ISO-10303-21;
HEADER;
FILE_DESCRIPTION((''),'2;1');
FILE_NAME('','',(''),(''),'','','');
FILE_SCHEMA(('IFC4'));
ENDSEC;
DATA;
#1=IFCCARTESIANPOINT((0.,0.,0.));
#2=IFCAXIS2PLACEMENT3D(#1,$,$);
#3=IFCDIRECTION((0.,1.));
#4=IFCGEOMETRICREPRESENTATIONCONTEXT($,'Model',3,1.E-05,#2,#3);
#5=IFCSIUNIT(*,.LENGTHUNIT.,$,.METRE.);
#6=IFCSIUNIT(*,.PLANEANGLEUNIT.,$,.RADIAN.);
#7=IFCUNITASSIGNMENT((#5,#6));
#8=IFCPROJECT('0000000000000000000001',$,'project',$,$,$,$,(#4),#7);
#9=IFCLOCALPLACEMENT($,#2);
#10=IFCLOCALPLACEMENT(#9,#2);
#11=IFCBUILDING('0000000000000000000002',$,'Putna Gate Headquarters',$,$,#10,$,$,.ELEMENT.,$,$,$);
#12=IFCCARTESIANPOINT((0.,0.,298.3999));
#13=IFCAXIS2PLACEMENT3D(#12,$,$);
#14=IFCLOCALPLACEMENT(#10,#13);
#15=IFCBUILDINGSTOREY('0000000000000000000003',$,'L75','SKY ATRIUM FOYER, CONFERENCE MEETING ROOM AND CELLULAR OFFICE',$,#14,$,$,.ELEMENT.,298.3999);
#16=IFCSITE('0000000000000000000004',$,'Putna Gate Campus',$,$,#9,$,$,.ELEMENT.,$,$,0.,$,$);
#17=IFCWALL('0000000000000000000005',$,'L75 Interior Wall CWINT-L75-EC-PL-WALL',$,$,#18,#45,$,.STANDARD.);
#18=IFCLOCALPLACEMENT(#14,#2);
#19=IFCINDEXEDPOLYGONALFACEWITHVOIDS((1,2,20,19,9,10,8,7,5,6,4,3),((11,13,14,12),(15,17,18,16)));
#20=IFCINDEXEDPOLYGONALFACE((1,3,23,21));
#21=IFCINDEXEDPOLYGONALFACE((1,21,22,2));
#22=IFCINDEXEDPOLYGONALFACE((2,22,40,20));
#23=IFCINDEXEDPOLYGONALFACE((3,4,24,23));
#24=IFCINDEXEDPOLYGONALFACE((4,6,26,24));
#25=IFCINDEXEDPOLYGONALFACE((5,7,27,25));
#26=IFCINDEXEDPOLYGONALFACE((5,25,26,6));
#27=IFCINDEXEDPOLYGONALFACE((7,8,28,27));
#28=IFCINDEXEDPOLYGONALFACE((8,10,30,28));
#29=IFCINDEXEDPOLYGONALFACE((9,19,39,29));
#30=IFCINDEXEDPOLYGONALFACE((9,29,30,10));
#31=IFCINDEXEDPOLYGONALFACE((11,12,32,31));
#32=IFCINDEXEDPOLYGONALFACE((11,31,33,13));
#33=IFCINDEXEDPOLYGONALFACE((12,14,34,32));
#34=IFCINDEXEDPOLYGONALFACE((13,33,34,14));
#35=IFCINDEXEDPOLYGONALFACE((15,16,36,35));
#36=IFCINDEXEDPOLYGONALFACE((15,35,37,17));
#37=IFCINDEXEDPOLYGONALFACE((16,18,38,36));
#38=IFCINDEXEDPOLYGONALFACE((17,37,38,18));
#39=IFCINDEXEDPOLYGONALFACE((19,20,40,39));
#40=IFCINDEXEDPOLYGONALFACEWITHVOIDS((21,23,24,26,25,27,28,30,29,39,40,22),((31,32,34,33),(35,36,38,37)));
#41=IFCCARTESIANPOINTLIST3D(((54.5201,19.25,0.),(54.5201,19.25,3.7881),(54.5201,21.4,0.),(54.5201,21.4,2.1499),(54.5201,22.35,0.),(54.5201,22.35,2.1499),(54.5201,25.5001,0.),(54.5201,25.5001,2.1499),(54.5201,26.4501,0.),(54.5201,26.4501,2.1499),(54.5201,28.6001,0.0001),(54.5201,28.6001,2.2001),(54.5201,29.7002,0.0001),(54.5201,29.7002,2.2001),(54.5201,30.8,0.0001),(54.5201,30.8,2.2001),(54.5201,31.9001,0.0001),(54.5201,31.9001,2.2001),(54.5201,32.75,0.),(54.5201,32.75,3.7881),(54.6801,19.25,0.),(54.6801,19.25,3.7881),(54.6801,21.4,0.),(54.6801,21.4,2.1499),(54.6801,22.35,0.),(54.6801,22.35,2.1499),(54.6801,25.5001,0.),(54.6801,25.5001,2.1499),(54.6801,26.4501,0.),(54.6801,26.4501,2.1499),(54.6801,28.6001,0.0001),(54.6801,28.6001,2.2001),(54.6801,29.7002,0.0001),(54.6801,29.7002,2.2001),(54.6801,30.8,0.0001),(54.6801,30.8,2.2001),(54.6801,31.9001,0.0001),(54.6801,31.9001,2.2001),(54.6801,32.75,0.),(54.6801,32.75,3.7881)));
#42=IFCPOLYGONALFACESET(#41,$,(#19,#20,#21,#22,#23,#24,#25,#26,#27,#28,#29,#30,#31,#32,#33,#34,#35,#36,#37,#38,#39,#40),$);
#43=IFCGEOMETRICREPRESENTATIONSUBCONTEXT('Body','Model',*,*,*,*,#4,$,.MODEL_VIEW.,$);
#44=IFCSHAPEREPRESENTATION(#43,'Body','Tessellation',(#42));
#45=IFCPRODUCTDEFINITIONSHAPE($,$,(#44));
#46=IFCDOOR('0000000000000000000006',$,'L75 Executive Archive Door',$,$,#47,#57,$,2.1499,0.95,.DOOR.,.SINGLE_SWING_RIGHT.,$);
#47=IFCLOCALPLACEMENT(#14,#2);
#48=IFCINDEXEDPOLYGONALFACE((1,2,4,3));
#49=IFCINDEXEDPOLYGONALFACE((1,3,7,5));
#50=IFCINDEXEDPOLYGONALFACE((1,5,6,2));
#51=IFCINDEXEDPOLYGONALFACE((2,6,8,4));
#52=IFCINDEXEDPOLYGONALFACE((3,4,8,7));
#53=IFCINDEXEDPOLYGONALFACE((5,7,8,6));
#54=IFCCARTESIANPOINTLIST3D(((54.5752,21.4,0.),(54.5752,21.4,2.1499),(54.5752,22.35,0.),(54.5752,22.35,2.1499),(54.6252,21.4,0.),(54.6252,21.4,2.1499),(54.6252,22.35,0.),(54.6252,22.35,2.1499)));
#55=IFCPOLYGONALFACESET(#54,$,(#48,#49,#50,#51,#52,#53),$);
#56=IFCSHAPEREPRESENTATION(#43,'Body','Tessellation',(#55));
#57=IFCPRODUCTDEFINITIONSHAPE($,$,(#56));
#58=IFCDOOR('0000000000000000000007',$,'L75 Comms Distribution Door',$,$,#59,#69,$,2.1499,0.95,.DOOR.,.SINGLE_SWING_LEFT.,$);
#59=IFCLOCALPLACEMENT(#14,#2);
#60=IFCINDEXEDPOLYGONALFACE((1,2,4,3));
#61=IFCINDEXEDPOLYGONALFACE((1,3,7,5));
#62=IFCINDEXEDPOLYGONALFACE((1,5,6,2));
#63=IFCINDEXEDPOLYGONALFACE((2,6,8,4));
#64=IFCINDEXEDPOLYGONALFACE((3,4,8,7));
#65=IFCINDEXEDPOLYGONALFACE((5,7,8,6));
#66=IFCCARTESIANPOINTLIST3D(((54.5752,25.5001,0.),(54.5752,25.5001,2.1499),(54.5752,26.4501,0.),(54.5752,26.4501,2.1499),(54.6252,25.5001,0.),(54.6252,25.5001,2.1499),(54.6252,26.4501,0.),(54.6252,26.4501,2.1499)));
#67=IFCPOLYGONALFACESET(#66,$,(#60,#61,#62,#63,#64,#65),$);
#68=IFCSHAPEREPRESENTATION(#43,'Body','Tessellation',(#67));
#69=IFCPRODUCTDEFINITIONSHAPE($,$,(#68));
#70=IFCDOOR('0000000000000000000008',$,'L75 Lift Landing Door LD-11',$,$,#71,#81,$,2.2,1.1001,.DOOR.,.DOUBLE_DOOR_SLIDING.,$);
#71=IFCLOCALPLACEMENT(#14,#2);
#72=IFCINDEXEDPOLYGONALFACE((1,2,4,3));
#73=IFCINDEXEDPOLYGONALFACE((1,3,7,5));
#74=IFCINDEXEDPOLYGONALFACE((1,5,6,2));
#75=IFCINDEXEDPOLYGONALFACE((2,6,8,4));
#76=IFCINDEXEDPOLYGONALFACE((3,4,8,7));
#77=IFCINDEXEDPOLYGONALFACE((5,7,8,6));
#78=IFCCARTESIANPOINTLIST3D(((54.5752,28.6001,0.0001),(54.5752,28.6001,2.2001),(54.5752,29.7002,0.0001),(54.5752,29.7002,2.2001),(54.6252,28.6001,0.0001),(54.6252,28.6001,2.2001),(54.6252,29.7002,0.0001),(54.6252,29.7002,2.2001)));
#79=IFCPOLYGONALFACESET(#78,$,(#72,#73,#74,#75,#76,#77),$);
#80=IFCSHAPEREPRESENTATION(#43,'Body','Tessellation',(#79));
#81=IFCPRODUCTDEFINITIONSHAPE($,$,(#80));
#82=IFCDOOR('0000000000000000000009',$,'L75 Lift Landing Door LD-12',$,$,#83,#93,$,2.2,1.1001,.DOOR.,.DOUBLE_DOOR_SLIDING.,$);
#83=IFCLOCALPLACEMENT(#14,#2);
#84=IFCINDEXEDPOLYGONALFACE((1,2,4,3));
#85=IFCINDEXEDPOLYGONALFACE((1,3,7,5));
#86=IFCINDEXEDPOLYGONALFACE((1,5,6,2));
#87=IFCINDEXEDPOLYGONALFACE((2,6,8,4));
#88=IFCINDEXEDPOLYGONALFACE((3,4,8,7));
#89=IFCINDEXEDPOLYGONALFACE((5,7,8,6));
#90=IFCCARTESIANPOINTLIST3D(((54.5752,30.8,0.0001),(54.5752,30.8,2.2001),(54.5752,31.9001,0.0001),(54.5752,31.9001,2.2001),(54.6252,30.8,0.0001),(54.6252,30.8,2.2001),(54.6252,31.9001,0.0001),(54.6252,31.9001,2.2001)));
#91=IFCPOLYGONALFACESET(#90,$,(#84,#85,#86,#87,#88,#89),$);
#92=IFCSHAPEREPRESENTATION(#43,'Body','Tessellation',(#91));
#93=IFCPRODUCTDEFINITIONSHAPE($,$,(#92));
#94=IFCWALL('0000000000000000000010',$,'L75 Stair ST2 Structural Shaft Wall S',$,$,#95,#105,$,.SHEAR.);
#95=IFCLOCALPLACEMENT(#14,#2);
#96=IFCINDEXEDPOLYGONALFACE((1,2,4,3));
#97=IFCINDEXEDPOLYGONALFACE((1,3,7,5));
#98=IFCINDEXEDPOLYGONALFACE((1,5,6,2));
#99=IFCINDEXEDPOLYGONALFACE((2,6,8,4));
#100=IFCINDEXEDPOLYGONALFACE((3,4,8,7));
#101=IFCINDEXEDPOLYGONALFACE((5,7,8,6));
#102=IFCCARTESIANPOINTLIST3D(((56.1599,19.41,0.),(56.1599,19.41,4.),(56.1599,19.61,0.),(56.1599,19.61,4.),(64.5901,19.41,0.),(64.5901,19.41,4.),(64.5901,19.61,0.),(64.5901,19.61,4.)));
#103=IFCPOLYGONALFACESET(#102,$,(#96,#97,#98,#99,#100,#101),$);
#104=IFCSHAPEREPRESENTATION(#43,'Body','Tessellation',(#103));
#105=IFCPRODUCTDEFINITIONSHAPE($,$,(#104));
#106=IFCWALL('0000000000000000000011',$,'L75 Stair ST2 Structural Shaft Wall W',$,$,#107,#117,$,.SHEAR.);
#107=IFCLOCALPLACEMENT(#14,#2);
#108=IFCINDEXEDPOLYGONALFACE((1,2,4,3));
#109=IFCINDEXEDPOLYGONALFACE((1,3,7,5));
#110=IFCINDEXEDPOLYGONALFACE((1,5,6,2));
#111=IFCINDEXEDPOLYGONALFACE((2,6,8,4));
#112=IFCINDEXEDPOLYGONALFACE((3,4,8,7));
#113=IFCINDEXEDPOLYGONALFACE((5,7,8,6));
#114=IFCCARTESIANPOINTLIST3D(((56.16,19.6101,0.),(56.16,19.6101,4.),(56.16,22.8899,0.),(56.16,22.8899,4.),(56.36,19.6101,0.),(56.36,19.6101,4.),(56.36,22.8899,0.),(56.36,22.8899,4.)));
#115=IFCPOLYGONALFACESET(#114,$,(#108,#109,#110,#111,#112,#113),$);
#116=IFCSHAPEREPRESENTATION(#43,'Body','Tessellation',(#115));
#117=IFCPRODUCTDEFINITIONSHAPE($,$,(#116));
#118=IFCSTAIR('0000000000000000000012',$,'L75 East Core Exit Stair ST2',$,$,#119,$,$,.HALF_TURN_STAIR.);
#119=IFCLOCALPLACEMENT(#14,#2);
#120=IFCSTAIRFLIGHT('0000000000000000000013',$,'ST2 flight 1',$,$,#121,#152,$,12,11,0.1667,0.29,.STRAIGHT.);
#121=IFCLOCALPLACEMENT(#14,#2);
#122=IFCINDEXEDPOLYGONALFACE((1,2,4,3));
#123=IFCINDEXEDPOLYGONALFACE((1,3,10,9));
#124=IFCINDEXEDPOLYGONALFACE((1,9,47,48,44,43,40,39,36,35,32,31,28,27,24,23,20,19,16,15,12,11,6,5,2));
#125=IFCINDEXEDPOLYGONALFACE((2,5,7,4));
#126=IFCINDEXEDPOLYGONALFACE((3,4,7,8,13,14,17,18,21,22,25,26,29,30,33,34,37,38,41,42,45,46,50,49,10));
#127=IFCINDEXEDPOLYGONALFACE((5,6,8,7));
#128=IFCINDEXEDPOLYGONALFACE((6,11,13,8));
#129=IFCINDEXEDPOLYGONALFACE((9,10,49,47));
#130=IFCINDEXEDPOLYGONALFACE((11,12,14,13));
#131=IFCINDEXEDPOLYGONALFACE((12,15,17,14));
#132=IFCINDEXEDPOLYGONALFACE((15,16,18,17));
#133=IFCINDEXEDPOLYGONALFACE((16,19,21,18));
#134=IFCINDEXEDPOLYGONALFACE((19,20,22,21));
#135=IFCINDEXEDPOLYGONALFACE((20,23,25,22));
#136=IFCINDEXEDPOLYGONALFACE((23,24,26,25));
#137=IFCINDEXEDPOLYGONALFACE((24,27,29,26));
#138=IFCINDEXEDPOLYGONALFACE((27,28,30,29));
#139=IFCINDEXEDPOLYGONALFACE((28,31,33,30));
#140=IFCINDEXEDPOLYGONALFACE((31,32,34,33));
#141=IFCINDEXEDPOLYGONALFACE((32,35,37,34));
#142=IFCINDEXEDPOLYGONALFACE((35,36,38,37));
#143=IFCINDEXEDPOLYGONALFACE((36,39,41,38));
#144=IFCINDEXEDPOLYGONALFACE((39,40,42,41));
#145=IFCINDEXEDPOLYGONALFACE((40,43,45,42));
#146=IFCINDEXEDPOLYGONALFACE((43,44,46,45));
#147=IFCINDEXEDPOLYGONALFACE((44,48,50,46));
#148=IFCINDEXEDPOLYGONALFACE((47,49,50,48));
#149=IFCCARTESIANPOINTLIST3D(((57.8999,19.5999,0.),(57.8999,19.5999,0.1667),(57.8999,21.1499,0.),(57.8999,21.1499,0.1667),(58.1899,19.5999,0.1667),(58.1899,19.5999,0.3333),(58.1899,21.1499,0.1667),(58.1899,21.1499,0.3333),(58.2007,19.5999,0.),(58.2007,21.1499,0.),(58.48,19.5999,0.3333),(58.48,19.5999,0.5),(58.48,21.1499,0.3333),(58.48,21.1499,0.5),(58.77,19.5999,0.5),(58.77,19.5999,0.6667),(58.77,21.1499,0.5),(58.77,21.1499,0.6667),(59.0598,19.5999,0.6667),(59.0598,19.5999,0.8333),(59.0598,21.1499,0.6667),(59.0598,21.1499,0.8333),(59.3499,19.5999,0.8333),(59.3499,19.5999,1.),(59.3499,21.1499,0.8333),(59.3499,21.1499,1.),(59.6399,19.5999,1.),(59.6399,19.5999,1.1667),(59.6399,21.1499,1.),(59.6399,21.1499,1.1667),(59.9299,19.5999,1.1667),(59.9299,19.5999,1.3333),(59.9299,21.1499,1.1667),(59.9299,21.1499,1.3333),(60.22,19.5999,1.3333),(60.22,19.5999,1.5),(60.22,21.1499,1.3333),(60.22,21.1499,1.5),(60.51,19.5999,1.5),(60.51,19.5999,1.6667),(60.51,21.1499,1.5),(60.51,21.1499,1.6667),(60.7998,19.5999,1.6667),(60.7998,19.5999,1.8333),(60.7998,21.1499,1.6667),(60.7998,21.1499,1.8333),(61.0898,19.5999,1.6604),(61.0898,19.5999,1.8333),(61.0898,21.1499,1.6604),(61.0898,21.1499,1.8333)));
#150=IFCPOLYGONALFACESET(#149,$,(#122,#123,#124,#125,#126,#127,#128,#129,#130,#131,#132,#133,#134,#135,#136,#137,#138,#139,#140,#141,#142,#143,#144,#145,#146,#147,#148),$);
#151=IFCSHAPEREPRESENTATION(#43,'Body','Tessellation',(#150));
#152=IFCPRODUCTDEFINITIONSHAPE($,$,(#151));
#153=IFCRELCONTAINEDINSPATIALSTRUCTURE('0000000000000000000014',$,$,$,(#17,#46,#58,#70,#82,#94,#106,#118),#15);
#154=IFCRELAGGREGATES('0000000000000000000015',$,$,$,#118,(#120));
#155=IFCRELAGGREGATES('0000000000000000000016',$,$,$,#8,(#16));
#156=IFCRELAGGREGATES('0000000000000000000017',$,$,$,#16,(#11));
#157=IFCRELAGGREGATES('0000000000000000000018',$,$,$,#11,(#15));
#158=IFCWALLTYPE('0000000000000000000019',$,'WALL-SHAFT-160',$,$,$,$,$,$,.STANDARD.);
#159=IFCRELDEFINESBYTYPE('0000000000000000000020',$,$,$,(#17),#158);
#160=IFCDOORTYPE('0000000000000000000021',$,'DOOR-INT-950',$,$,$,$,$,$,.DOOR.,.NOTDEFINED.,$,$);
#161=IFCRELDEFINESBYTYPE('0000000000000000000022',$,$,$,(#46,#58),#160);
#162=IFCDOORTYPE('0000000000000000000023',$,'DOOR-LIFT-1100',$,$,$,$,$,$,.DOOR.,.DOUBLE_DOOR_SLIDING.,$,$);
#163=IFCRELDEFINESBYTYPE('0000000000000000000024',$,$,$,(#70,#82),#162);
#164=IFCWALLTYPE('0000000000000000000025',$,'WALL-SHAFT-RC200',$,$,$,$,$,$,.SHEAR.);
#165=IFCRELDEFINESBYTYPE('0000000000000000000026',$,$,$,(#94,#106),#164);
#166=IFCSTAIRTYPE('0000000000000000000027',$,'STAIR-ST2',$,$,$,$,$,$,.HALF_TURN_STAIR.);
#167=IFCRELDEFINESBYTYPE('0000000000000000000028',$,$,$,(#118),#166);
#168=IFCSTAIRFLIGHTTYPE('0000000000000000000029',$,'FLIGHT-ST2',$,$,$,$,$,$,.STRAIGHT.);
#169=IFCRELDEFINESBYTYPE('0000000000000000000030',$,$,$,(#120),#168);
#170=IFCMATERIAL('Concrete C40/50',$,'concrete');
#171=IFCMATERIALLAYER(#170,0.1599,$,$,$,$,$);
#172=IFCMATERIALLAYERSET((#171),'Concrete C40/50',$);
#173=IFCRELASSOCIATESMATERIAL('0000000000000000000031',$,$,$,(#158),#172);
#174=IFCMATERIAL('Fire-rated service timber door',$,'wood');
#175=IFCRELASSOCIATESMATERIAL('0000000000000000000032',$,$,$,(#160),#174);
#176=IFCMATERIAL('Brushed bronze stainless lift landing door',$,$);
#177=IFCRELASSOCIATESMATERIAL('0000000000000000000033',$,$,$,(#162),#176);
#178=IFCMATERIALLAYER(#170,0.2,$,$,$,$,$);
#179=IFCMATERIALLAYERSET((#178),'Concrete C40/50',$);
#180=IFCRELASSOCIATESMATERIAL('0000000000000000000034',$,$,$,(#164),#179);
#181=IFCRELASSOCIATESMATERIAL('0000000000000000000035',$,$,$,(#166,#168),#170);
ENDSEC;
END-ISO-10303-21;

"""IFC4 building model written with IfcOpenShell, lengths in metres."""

from ifc_helpers import new_model, si_unit, direction, frame, frame_2d, origin, place, context, subcontext, project, spatial, polyline, rectangle, outline, extrude, material, layer, layer_set, type_object, element, fill, aggregate, save


model = new_model("IFC4")

# Units and contexts
model_context = context("Model", 3, precision=1e-05, world=origin(), true_north=direction((0.0, 1.0)))
body_context = subcontext(model_context, "Body", "Model", "MODEL_VIEW")
ifc_project = project(units=[si_unit("LENGTHUNIT", "METRE"), si_unit("PLANEANGLEUNIT", "RADIAN")], contexts=[model_context])

# Site, building, storey
site_placement = place(None, origin())
site = spatial("IfcSite", under=ifc_project, at=site_placement, Name="Putna Gate Campus", CompositionType="ELEMENT", RefElevation=0.0)
building_placement = place(site_placement, origin())
building = spatial("IfcBuilding", under=site, at=building_placement, Name="Putna Gate Headquarters", CompositionType="ELEMENT")
storey_placement = place(building_placement, frame((0.0, 0.0, 298.3999)))
storey = spatial("IfcBuildingStorey", under=building, at=storey_placement, Name="L75", Description="SKY ATRIUM FOYER, CONFERENCE MEETING ROOM AND CELLULAR OFFICE", CompositionType="ELEMENT", Elevation=298.3999)

# Wall, openings, doors
ifc_material_1 = material(Name="Concrete C40/50", Category="concrete")
ifc_layer_1 = layer(ifc_material_1, 0.1599)
ifc_layer_set_1 = layer_set([ifc_layer_1], Name="Concrete C40/50")
wall_type_1 = type_object("IfcWallType", Name="WALL-SHAFT-160", PredefinedType="STANDARD", material=ifc_layer_set_1)
wall_1_placement = place(storey_placement, frame((54.6001, 19.25, 0.0), z_axis=(0.0, 0.0, 1.0), x_axis=(0.0, 1.0, 0.0)))
wall_1 = element("IfcWall", 1, at=wall_1_placement, inside=storey, type_object=wall_type_1, Name="L75 Interior Wall CWINT-L75-EC-PL-WALL", PredefinedType="STANDARD", context=body_context, shape_type="SweptSolid", body=[
    extrude(rectangle(XDim=13.5, YDim=0.1599, at=frame_2d((6.75, 0.0))), origin(), (0.0, 0.0, 1.0), 3.7881),
])
opening_1_placement = place(wall_1_placement, frame((2.1499, 0.0, 0.0)))
opening_1 = element("IfcOpeningElement", 2, at=opening_1_placement, cuts=wall_1, PredefinedType="OPENING", context=body_context, shape_type="SweptSolid", body=[
    extrude(rectangle(XDim=0.95, YDim=2.1499, at=frame_2d((0.4751, 1.075))), frame((0.0, 0.0898, 0.0), z_axis=(0.0, -1.0, 0.0), x_axis=(1.0, 0.0, 0.0)), (0.0, 0.0, 1.0), 0.1799),
])
opening_2_placement = place(wall_1_placement, frame((6.25, 0.0, 0.0)))
opening_2 = element("IfcOpeningElement", 3, at=opening_2_placement, cuts=wall_1, PredefinedType="OPENING", context=body_context, shape_type="SweptSolid", body=[
    extrude(rectangle(XDim=0.95, YDim=2.1499, at=frame_2d((0.4751, 1.075))), frame((0.0, 0.0898, 0.0), z_axis=(0.0, -1.0, 0.0), x_axis=(1.0, 0.0, 0.0)), (0.0, 0.0, 1.0), 0.1799),
])
opening_3_placement = place(wall_1_placement, frame((9.3501, 0.0, 0.0)))
opening_3 = element("IfcOpeningElement", 4, at=opening_3_placement, cuts=wall_1, PredefinedType="OPENING", context=body_context, shape_type="SweptSolid", body=[
    extrude(rectangle(XDim=1.1001, YDim=2.2, at=frame_2d((0.55, 1.1001))), frame((0.0, 0.0898, 0.0), z_axis=(0.0, -1.0, 0.0), x_axis=(1.0, 0.0, 0.0)), (0.0, 0.0, 1.0), 0.1799),
])
opening_4_placement = place(wall_1_placement, frame((11.55, 0.0, 0.0)))
opening_4 = element("IfcOpeningElement", 5, at=opening_4_placement, cuts=wall_1, PredefinedType="OPENING", context=body_context, shape_type="SweptSolid", body=[
    extrude(rectangle(XDim=1.1001, YDim=2.2, at=frame_2d((0.55, 1.1001))), frame((0.0, 0.0898, 0.0), z_axis=(0.0, -1.0, 0.0), x_axis=(1.0, 0.0, 0.0)), (0.0, 0.0, 1.0), 0.1799),
])
ifc_material_2 = material(Name="Fire-rated service timber door", Category="wood")
door_type_1 = type_object("IfcDoorType", Name="DOOR-INT-950", OperationType="NOTDEFINED", PredefinedType="DOOR", material=ifc_material_2)
door_1_placement = place(opening_1_placement, origin())
door_1 = element("IfcDoor", 6, at=door_1_placement, inside=storey, type_object=door_type_1, Name="L75 Executive Archive Door", OperationType="SINGLE_SWING_RIGHT", OverallHeight=2.1499, OverallWidth=0.95, PredefinedType="DOOR", context=body_context, shape_type="SweptSolid", body=[
    extrude(rectangle(XDim=0.95, YDim=2.1499, at=frame_2d((0.4751, 1.075))), frame((0.0, 0.0249, 0.0), z_axis=(0.0, -1.0, 0.0), x_axis=(1.0, 0.0, 0.0)), (0.0, 0.0, 1.0), 0.05),
])
fill(opening_1, door_1)
door_2_placement = place(opening_2_placement, origin())
door_2 = element("IfcDoor", 7, at=door_2_placement, inside=storey, type_object=door_type_1, Name="L75 Comms Distribution Door", OperationType="SINGLE_SWING_LEFT", OverallHeight=2.1499, OverallWidth=0.95, PredefinedType="DOOR", context=body_context, shape_type="SweptSolid", body=[
    extrude(rectangle(XDim=0.95, YDim=2.1499, at=frame_2d((0.4751, 1.075))), frame((0.0, 0.0249, 0.0), z_axis=(0.0, -1.0, 0.0), x_axis=(1.0, 0.0, 0.0)), (0.0, 0.0, 1.0), 0.05),
])
fill(opening_2, door_2)
ifc_material_3 = material(Name="Brushed bronze stainless lift landing door")
door_type_2 = type_object("IfcDoorType", Name="DOOR-LIFT-1100", OperationType="DOUBLE_DOOR_SLIDING", PredefinedType="DOOR", material=ifc_material_3)
door_3_placement = place(opening_3_placement, origin())
door_3 = element("IfcDoor", 8, at=door_3_placement, inside=storey, type_object=door_type_2, Name="L75 Lift Landing Door LD-11", OperationType="DOUBLE_DOOR_SLIDING", OverallHeight=2.2, OverallWidth=1.1001, PredefinedType="DOOR", context=body_context, shape_type="SweptSolid", body=[
    extrude(rectangle(XDim=1.1001, YDim=2.2, at=frame_2d((0.55, 1.1001))), frame((0.0, 0.0249, 0.0), z_axis=(0.0, -1.0, 0.0), x_axis=(1.0, 0.0, 0.0)), (0.0, 0.0, 1.0), 0.05),
])
fill(opening_3, door_3)
door_4_placement = place(opening_4_placement, origin())
door_4 = element("IfcDoor", 9, at=door_4_placement, inside=storey, type_object=door_type_2, Name="L75 Lift Landing Door LD-12", OperationType="DOUBLE_DOOR_SLIDING", OverallHeight=2.2, OverallWidth=1.1001, PredefinedType="DOOR", context=body_context, shape_type="SweptSolid", body=[
    extrude(rectangle(XDim=1.1001, YDim=2.2, at=frame_2d((0.55, 1.1001))), frame((0.0, 0.0249, 0.0), z_axis=(0.0, -1.0, 0.0), x_axis=(1.0, 0.0, 0.0)), (0.0, 0.0, 1.0), 0.05),
])
fill(opening_4, door_4)

# Walls
ifc_layer_2 = layer(ifc_material_1, 0.2)
ifc_layer_set_2 = layer_set([ifc_layer_2], Name="Concrete C40/50")
wall_type_2 = type_object("IfcWallType", Name="WALL-SHAFT-RC200", PredefinedType="SHEAR", material=ifc_layer_set_2)
wall_2_placement = place(storey_placement, frame((56.1599, 19.51, 0.0), z_axis=(0.0, 0.0, 1.0), x_axis=(1.0, 0.0, 0.0)))
element("IfcWall", 10, at=wall_2_placement, inside=storey, type_object=wall_type_2, Name="L75 Stair ST2 Structural Shaft Wall S", PredefinedType="SHEAR", context=body_context, shape_type="SweptSolid", body=[
    extrude(rectangle(XDim=8.4302, YDim=0.2, at=frame_2d((4.2151, 0.0))), origin(), (0.0, 0.0, 1.0), 4.0),
])
wall_3_placement = place(storey_placement, frame((56.26, 19.6101, 0.0), z_axis=(0.0, 0.0, 1.0), x_axis=(0.0, 1.0, 0.0)))
element("IfcWall", 11, at=wall_3_placement, inside=storey, type_object=wall_type_2, Name="L75 Stair ST2 Structural Shaft Wall W", PredefinedType="SHEAR", context=body_context, shape_type="SweptSolid", body=[
    extrude(rectangle(XDim=3.2798, YDim=0.2, at=frame_2d((1.6399, 0.0))), origin(), (0.0, 0.0, 1.0), 4.0),
])

# Stair, stair flight
stair_type = type_object("IfcStairType", Name="STAIR-ST2", PredefinedType="HALF_TURN_STAIR", material=ifc_material_1)
stair_placement = place(storey_placement, origin())
stair = element("IfcStair", 12, at=stair_placement, inside=storey, type_object=stair_type, Name="L75 East Core Exit Stair ST2", PredefinedType="HALF_TURN_STAIR")
stair_flight_type = type_object("IfcStairFlightType", Name="FLIGHT-ST2", PredefinedType="STRAIGHT", material=ifc_material_1)
stair_flight_placement = place(storey_placement, frame((57.8999, 20.375, 0.0), z_axis=(0.0, 0.0, 1.0), x_axis=(1.0, 0.0, 0.0)))
stair_flight = element("IfcStairFlight", 13, at=stair_flight_placement, type_object=stair_flight_type, Name="ST2 flight 1", NumberOfRisers=12, NumberOfTreads=11, PredefinedType="STRAIGHT", RiserHeight=0.1667, TreadLength=0.29, context=body_context, shape_type="SweptSolid", body=[
    extrude(outline(polyline([(0.0, 0.0), (0.0, 0.1667), (0.29, 0.1667), (0.29, 0.3333), (0.5801, 0.3333), (0.5801, 0.5), (0.8701, 0.5), (0.8701, 0.6667), (1.1599, 0.6667), (1.1599, 0.8333), (1.45, 0.8333), (1.45, 1.0), (1.74, 1.0), (1.74, 1.1667), (2.03, 1.1667), (2.03, 1.3333), (2.3201, 1.3333), (2.3201, 1.5), (2.6101, 1.5), (2.6101, 1.6667), (2.8999, 1.6667), (2.8999, 1.8333), (3.1899, 1.8333), (3.1899, 2.0), (3.1899, 1.6604), (0.3008, 0.0), (0.0, 0.0)])), frame((0.0, 0.7749, 0.0), z_axis=(0.0, -1.0, 0.0), x_axis=(1.0, 0.0, 0.0)), (0.0, 0.0, 1.0), 1.55),
])
aggregate(stair, [stair_flight])

save(model, "model.ifc")
